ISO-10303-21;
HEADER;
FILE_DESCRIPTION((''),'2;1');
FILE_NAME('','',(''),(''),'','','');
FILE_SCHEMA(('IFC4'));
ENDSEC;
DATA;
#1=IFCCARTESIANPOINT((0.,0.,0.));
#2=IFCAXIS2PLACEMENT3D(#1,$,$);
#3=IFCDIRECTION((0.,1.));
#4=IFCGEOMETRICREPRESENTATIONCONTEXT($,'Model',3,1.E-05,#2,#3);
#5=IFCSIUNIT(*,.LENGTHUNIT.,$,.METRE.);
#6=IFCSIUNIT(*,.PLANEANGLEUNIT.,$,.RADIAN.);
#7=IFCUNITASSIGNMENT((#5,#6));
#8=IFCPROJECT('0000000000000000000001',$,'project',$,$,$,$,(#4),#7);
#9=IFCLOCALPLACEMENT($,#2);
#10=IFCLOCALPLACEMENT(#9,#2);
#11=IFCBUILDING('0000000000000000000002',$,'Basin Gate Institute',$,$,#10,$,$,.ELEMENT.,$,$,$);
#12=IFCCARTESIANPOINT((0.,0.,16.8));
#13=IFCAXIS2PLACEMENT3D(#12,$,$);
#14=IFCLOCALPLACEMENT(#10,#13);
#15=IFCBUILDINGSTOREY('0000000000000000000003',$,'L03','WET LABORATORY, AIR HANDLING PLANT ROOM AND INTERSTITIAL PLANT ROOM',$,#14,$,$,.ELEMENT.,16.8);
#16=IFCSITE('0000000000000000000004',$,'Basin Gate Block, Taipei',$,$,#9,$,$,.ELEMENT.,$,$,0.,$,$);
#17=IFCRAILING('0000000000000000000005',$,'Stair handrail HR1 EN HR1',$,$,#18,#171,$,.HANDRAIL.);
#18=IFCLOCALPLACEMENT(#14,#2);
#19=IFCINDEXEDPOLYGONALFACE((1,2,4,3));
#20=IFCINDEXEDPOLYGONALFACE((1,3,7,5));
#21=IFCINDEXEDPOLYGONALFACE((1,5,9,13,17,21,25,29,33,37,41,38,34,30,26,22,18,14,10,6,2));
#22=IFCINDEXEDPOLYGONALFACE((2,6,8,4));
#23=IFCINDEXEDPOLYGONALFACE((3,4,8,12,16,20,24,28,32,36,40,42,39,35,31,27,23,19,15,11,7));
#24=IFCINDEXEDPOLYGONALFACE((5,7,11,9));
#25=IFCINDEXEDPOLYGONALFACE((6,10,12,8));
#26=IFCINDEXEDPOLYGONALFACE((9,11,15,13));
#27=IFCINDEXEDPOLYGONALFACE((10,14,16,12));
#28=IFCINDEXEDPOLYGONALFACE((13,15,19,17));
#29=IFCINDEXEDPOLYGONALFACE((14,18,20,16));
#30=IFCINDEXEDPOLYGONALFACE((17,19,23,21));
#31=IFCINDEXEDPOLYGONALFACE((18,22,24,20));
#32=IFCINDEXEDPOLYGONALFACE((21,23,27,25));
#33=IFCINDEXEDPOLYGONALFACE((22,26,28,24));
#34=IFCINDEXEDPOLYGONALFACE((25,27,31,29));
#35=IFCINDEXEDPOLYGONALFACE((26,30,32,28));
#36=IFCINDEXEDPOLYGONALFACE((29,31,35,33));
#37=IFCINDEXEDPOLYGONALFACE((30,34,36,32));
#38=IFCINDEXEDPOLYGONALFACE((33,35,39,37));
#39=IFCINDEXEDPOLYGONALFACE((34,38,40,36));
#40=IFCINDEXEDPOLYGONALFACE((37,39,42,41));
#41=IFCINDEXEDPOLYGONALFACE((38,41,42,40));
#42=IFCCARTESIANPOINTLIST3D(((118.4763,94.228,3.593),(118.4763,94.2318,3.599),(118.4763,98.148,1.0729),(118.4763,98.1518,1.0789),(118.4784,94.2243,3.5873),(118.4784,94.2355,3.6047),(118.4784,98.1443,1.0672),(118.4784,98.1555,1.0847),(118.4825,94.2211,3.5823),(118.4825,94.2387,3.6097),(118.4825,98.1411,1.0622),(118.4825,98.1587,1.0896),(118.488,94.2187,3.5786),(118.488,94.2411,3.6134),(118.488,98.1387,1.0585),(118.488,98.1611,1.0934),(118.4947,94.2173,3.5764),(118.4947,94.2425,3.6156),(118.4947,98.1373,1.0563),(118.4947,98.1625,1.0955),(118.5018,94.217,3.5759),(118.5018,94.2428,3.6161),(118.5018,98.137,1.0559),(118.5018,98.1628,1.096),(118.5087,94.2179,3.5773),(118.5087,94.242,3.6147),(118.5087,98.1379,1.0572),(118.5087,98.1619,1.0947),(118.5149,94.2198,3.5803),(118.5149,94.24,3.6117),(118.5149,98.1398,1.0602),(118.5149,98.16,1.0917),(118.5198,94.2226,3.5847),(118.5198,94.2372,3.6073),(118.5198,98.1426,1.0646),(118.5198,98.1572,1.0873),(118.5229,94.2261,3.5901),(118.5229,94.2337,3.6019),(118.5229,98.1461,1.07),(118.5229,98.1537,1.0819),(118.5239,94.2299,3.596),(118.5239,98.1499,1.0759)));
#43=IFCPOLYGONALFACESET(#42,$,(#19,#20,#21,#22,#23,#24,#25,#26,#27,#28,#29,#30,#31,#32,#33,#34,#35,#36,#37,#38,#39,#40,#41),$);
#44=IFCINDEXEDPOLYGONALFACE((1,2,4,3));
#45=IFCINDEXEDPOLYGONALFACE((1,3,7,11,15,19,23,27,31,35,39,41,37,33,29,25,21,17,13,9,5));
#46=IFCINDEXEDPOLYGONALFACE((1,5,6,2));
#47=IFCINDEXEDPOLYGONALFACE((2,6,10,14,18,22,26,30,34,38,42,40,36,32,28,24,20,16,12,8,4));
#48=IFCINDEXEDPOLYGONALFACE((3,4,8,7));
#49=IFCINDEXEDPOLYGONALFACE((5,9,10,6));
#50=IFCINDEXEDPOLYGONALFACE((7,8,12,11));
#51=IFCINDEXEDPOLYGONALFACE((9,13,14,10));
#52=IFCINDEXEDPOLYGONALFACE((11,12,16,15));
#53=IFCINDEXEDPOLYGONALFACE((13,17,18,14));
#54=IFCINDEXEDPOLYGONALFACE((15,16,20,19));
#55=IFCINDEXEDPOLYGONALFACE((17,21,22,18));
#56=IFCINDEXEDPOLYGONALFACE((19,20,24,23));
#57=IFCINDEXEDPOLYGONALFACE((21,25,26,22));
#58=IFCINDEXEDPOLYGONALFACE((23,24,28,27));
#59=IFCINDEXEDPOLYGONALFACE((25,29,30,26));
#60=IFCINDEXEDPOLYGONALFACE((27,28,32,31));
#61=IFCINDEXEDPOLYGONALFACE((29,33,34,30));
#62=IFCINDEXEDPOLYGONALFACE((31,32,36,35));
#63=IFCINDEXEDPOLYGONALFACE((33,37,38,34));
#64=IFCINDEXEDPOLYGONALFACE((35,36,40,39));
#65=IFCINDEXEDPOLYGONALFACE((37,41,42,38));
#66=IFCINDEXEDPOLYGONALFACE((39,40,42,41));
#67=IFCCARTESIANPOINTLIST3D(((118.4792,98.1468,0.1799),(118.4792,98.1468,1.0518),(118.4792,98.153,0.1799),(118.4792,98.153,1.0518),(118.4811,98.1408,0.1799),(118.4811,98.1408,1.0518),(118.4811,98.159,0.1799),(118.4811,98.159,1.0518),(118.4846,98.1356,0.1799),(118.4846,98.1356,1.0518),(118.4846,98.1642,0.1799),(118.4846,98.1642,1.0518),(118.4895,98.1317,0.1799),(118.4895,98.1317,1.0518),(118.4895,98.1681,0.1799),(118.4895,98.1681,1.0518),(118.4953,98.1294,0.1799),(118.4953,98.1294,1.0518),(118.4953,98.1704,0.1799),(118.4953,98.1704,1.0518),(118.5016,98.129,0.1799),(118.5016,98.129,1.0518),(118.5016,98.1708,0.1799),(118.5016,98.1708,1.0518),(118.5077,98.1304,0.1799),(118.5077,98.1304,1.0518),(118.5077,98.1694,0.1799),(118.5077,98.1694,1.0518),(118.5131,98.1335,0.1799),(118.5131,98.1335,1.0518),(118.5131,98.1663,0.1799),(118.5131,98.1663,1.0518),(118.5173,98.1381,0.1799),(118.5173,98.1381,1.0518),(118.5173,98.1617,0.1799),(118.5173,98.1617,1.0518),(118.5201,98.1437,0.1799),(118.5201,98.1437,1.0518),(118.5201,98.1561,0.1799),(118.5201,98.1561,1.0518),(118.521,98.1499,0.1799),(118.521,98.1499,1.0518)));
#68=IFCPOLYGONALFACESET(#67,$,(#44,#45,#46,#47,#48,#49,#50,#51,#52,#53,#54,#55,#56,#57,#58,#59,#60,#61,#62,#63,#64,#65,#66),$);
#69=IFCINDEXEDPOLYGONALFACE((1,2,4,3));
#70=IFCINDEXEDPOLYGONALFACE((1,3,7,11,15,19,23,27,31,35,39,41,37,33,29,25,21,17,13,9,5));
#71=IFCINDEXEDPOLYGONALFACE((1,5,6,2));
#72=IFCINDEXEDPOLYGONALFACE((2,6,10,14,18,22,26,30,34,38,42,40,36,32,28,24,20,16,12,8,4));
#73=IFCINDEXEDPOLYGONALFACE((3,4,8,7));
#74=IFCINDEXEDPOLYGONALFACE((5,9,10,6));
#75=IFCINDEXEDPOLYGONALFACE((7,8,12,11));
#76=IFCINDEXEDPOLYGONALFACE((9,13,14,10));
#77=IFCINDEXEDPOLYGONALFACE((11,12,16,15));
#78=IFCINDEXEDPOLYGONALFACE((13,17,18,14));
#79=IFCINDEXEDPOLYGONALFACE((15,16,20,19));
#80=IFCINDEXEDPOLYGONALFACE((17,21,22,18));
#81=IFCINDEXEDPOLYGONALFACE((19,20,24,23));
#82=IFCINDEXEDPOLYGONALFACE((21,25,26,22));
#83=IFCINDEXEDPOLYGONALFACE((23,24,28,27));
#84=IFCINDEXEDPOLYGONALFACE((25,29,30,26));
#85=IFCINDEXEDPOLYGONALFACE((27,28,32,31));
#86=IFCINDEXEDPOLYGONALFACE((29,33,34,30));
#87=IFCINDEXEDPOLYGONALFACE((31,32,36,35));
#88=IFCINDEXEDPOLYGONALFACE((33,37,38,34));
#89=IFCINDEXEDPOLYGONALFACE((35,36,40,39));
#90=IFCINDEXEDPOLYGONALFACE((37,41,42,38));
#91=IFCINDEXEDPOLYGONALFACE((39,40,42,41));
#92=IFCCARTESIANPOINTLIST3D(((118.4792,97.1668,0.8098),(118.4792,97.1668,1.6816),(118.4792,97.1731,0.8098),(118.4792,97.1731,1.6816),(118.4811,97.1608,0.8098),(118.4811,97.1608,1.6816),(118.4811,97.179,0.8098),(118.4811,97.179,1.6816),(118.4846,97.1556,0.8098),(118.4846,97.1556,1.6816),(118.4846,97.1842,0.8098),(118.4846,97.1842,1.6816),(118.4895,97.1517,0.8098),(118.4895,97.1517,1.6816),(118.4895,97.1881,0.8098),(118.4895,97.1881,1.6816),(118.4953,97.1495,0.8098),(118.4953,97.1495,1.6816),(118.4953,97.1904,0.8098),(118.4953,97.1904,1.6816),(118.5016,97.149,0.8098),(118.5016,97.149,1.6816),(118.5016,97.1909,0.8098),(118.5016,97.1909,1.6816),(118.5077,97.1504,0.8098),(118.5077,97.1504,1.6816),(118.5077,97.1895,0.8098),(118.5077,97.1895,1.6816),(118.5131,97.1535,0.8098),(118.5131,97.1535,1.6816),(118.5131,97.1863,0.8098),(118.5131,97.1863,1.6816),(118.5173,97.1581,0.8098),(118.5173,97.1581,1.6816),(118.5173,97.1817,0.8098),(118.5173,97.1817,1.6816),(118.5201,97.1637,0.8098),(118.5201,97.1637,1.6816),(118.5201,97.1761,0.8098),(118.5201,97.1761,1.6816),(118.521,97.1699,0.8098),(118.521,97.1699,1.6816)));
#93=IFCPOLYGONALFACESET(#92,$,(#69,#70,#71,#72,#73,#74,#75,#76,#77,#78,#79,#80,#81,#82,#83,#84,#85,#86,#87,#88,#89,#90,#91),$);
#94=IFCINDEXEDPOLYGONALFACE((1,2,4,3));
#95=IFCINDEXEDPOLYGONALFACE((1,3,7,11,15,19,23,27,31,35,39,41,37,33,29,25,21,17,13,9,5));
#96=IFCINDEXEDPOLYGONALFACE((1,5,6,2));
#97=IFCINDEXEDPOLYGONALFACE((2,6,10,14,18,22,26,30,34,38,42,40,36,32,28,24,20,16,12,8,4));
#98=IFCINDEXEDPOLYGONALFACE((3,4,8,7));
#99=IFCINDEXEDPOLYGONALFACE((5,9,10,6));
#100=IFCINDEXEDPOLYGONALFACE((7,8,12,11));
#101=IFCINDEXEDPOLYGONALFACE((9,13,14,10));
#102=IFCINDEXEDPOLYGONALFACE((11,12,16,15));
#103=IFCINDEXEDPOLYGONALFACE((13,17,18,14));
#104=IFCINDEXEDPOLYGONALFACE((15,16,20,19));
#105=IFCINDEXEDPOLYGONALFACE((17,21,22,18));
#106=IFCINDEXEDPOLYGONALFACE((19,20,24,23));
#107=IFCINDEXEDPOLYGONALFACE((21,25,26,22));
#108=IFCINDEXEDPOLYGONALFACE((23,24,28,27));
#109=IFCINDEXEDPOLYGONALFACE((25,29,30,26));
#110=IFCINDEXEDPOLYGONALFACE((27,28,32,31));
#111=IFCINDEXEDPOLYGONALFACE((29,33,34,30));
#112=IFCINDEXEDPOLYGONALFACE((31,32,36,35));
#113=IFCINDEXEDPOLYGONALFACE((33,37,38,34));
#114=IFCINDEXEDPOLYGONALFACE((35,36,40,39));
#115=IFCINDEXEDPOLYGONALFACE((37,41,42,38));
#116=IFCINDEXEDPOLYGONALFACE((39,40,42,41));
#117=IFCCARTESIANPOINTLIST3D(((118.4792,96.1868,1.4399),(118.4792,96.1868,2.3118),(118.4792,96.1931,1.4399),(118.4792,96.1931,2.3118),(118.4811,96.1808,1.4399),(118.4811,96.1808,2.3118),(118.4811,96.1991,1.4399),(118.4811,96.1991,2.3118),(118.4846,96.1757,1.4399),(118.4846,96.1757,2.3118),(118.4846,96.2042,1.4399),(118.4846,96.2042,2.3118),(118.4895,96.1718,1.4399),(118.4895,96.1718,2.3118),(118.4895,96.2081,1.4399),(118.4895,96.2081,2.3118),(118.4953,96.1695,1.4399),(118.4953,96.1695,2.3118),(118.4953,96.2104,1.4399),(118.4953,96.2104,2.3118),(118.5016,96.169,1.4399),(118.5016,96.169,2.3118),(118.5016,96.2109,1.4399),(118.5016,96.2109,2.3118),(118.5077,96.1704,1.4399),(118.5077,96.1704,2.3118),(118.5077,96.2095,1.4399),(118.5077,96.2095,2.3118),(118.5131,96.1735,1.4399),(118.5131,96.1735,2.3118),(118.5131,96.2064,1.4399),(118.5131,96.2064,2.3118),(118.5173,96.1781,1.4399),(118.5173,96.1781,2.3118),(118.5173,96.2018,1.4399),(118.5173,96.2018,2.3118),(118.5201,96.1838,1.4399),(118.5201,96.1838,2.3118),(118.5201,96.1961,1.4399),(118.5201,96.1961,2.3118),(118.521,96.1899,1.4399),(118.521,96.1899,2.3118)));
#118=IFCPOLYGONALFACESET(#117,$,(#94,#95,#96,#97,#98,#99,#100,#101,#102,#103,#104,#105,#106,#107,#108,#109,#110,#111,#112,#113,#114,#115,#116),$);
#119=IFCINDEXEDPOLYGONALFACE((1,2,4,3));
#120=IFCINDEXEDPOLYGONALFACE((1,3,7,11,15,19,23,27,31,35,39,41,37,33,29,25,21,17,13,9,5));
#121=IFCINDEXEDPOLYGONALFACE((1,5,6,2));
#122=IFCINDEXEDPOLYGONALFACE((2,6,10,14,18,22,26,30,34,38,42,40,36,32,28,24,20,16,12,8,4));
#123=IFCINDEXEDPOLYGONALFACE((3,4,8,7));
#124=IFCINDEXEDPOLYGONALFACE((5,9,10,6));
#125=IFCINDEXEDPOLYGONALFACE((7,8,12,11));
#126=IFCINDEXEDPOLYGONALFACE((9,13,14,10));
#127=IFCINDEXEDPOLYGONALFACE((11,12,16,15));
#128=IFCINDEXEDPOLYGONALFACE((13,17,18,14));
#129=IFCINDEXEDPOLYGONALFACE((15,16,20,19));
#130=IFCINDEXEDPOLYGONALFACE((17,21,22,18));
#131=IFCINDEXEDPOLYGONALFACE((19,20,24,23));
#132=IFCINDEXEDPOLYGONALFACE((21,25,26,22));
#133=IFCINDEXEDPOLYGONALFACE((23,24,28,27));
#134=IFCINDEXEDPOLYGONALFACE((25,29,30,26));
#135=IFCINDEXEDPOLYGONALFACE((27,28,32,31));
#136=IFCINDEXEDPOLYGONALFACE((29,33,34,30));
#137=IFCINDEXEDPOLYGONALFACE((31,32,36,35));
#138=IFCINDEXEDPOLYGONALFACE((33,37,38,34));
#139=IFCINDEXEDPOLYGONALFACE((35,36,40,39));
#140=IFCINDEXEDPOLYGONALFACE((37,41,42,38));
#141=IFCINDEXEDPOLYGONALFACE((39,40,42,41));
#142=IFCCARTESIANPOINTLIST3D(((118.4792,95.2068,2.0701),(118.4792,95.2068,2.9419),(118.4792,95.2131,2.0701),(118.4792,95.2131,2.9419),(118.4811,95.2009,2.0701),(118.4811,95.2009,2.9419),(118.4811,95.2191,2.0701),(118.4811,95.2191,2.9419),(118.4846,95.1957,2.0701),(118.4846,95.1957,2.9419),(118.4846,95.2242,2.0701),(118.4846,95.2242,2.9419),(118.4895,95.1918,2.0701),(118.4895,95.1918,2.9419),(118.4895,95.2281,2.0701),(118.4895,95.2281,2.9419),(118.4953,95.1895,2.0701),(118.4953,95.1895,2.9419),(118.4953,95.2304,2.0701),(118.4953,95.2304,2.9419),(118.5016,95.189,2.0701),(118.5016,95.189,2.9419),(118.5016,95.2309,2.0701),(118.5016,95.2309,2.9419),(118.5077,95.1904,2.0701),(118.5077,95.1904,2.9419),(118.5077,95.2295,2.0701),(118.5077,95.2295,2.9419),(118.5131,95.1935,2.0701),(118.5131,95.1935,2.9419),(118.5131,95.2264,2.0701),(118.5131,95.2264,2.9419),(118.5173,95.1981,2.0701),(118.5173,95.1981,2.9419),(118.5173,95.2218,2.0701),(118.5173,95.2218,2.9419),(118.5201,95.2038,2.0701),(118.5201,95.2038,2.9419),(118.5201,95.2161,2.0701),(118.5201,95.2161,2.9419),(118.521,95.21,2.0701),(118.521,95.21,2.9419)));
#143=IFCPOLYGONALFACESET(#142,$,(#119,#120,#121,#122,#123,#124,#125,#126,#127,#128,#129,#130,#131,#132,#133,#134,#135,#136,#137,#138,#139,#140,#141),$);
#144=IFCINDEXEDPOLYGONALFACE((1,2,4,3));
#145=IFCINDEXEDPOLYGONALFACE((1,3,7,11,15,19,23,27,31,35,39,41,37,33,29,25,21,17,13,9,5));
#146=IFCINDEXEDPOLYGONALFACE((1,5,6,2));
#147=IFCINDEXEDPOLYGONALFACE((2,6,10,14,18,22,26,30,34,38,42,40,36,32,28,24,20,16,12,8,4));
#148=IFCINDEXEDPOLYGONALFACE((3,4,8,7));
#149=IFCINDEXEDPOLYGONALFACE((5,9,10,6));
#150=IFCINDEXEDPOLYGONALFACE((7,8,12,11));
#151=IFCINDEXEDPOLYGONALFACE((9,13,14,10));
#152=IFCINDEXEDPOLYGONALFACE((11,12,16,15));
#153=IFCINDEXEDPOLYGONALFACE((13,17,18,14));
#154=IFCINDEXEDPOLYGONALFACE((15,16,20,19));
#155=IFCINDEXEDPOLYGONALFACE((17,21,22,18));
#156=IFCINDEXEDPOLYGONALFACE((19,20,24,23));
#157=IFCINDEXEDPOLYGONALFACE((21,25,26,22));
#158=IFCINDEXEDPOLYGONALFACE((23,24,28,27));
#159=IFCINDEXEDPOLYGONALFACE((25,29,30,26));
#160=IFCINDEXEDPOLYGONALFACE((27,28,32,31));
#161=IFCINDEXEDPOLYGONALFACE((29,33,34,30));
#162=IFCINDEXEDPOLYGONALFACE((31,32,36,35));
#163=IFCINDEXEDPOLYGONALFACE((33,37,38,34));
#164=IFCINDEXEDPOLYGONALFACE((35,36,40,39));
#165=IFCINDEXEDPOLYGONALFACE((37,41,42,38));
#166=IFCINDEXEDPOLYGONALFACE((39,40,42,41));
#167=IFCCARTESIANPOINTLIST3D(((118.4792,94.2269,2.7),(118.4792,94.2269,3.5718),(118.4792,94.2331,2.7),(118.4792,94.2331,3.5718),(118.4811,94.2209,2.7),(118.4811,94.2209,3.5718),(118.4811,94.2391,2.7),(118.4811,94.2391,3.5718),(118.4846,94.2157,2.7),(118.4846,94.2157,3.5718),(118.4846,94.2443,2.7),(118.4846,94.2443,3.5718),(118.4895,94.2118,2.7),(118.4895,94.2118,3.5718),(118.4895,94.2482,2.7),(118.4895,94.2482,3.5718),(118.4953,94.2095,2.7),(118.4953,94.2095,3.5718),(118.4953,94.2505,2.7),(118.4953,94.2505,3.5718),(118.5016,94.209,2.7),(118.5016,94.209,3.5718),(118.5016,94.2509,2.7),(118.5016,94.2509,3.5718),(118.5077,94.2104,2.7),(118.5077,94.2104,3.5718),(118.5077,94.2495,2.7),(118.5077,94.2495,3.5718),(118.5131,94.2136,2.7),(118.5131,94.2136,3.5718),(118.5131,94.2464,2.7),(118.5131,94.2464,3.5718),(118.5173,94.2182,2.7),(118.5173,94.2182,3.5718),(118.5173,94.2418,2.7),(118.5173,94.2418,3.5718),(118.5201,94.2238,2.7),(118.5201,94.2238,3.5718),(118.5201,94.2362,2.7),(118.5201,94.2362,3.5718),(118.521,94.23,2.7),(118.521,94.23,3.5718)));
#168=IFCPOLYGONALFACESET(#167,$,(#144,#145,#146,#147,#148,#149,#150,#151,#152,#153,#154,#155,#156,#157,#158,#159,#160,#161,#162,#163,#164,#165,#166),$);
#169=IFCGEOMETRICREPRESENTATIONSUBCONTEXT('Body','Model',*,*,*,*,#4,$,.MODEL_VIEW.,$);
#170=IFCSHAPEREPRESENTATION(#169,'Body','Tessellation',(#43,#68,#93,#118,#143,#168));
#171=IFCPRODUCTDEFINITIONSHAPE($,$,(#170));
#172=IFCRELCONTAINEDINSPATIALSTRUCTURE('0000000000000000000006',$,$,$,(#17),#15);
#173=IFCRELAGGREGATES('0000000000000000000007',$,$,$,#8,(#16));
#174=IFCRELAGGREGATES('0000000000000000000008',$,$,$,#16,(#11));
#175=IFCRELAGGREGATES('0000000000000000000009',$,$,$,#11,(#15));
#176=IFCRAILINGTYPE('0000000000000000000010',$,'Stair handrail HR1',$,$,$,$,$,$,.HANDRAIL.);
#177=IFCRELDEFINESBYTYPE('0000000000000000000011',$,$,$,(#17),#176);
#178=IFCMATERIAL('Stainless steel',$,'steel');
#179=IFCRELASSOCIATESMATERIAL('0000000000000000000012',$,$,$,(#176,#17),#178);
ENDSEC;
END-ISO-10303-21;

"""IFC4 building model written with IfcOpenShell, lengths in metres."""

from ifc_helpers import new_model, si_unit, direction, frame, origin, origin_2d, place, context, subcontext, project, spatial, circle, extrude, material, type_object, element, save


model = new_model("IFC4")

# Units and contexts
model_context = context("Model", 3, precision=1e-05, world=origin(), true_north=direction((0.0, 1.0)))
body_context = subcontext(model_context, "Body", "Model", "MODEL_VIEW")
ifc_project = project(units=[si_unit("LENGTHUNIT", "METRE"), si_unit("PLANEANGLEUNIT", "RADIAN")], contexts=[model_context])

# Site, building, storey
site_placement = place(None, origin())
site = spatial("IfcSite", under=ifc_project, at=site_placement, Name="Basin Gate Block, Taipei", CompositionType="ELEMENT", RefElevation=0.0)
building_placement = place(site_placement, origin())
building = spatial("IfcBuilding", under=site, at=building_placement, Name="Basin Gate Institute", CompositionType="ELEMENT")
storey_placement = place(building_placement, frame((0.0, 0.0, 16.8)))
storey = spatial("IfcBuildingStorey", under=building, at=storey_placement, Name="L03", Description="WET LABORATORY, AIR HANDLING PLANT ROOM AND INTERSTITIAL PLANT ROOM", CompositionType="ELEMENT", Elevation=16.8)

# Railing
ifc_material_1 = material(Name="Stainless steel", Category="steel")
railing_type_1 = type_object("IfcRailingType", Name="Stair handrail HR1", PredefinedType="HANDRAIL", material=ifc_material_1)
for number, where, name in (
    (1, (118.5, 98.1499, 0.1799), "Stair handrail HR1 EN HR1"),
):
    element("IfcRailing", number, at=place(storey_placement, frame(where)), inside=storey, type_object=railing_type_1, material=ifc_material_1, Name=name, PredefinedType="HANDRAIL", context=body_context, shape_type="SweptSolid", body=[
        extrude(circle(Radius=0.0239, at=origin_2d()), frame((0.0, 0.0, 0.896), z_axis=(0.0, -0.841172, 0.540768), x_axis=(1.0, 0.0, 0.0)), (0.0, 0.0, 1.0), 4.6602),
        extrude(circle(Radius=0.021, at=origin_2d()), origin(), (0.0, 0.0, 1.0), 0.8718),
        extrude(circle(Radius=0.021, at=origin_2d()), frame((0.0, -0.98, 0.6299)), (0.0, 0.0, 1.0), 0.8718),
        extrude(circle(Radius=0.021, at=origin_2d()), frame((0.0, -1.96, 1.26)), (0.0, 0.0, 1.0), 0.8718),
        extrude(circle(Radius=0.021, at=origin_2d()), frame((0.0, -2.9399, 1.8901)), (0.0, 0.0, 1.0), 0.8718),
        extrude(circle(Radius=0.021, at=origin_2d()), frame((0.0, -3.9199, 2.52)), (0.0, 0.0, 1.0), 0.8718),
    ])

save(model, "model.ifc")
